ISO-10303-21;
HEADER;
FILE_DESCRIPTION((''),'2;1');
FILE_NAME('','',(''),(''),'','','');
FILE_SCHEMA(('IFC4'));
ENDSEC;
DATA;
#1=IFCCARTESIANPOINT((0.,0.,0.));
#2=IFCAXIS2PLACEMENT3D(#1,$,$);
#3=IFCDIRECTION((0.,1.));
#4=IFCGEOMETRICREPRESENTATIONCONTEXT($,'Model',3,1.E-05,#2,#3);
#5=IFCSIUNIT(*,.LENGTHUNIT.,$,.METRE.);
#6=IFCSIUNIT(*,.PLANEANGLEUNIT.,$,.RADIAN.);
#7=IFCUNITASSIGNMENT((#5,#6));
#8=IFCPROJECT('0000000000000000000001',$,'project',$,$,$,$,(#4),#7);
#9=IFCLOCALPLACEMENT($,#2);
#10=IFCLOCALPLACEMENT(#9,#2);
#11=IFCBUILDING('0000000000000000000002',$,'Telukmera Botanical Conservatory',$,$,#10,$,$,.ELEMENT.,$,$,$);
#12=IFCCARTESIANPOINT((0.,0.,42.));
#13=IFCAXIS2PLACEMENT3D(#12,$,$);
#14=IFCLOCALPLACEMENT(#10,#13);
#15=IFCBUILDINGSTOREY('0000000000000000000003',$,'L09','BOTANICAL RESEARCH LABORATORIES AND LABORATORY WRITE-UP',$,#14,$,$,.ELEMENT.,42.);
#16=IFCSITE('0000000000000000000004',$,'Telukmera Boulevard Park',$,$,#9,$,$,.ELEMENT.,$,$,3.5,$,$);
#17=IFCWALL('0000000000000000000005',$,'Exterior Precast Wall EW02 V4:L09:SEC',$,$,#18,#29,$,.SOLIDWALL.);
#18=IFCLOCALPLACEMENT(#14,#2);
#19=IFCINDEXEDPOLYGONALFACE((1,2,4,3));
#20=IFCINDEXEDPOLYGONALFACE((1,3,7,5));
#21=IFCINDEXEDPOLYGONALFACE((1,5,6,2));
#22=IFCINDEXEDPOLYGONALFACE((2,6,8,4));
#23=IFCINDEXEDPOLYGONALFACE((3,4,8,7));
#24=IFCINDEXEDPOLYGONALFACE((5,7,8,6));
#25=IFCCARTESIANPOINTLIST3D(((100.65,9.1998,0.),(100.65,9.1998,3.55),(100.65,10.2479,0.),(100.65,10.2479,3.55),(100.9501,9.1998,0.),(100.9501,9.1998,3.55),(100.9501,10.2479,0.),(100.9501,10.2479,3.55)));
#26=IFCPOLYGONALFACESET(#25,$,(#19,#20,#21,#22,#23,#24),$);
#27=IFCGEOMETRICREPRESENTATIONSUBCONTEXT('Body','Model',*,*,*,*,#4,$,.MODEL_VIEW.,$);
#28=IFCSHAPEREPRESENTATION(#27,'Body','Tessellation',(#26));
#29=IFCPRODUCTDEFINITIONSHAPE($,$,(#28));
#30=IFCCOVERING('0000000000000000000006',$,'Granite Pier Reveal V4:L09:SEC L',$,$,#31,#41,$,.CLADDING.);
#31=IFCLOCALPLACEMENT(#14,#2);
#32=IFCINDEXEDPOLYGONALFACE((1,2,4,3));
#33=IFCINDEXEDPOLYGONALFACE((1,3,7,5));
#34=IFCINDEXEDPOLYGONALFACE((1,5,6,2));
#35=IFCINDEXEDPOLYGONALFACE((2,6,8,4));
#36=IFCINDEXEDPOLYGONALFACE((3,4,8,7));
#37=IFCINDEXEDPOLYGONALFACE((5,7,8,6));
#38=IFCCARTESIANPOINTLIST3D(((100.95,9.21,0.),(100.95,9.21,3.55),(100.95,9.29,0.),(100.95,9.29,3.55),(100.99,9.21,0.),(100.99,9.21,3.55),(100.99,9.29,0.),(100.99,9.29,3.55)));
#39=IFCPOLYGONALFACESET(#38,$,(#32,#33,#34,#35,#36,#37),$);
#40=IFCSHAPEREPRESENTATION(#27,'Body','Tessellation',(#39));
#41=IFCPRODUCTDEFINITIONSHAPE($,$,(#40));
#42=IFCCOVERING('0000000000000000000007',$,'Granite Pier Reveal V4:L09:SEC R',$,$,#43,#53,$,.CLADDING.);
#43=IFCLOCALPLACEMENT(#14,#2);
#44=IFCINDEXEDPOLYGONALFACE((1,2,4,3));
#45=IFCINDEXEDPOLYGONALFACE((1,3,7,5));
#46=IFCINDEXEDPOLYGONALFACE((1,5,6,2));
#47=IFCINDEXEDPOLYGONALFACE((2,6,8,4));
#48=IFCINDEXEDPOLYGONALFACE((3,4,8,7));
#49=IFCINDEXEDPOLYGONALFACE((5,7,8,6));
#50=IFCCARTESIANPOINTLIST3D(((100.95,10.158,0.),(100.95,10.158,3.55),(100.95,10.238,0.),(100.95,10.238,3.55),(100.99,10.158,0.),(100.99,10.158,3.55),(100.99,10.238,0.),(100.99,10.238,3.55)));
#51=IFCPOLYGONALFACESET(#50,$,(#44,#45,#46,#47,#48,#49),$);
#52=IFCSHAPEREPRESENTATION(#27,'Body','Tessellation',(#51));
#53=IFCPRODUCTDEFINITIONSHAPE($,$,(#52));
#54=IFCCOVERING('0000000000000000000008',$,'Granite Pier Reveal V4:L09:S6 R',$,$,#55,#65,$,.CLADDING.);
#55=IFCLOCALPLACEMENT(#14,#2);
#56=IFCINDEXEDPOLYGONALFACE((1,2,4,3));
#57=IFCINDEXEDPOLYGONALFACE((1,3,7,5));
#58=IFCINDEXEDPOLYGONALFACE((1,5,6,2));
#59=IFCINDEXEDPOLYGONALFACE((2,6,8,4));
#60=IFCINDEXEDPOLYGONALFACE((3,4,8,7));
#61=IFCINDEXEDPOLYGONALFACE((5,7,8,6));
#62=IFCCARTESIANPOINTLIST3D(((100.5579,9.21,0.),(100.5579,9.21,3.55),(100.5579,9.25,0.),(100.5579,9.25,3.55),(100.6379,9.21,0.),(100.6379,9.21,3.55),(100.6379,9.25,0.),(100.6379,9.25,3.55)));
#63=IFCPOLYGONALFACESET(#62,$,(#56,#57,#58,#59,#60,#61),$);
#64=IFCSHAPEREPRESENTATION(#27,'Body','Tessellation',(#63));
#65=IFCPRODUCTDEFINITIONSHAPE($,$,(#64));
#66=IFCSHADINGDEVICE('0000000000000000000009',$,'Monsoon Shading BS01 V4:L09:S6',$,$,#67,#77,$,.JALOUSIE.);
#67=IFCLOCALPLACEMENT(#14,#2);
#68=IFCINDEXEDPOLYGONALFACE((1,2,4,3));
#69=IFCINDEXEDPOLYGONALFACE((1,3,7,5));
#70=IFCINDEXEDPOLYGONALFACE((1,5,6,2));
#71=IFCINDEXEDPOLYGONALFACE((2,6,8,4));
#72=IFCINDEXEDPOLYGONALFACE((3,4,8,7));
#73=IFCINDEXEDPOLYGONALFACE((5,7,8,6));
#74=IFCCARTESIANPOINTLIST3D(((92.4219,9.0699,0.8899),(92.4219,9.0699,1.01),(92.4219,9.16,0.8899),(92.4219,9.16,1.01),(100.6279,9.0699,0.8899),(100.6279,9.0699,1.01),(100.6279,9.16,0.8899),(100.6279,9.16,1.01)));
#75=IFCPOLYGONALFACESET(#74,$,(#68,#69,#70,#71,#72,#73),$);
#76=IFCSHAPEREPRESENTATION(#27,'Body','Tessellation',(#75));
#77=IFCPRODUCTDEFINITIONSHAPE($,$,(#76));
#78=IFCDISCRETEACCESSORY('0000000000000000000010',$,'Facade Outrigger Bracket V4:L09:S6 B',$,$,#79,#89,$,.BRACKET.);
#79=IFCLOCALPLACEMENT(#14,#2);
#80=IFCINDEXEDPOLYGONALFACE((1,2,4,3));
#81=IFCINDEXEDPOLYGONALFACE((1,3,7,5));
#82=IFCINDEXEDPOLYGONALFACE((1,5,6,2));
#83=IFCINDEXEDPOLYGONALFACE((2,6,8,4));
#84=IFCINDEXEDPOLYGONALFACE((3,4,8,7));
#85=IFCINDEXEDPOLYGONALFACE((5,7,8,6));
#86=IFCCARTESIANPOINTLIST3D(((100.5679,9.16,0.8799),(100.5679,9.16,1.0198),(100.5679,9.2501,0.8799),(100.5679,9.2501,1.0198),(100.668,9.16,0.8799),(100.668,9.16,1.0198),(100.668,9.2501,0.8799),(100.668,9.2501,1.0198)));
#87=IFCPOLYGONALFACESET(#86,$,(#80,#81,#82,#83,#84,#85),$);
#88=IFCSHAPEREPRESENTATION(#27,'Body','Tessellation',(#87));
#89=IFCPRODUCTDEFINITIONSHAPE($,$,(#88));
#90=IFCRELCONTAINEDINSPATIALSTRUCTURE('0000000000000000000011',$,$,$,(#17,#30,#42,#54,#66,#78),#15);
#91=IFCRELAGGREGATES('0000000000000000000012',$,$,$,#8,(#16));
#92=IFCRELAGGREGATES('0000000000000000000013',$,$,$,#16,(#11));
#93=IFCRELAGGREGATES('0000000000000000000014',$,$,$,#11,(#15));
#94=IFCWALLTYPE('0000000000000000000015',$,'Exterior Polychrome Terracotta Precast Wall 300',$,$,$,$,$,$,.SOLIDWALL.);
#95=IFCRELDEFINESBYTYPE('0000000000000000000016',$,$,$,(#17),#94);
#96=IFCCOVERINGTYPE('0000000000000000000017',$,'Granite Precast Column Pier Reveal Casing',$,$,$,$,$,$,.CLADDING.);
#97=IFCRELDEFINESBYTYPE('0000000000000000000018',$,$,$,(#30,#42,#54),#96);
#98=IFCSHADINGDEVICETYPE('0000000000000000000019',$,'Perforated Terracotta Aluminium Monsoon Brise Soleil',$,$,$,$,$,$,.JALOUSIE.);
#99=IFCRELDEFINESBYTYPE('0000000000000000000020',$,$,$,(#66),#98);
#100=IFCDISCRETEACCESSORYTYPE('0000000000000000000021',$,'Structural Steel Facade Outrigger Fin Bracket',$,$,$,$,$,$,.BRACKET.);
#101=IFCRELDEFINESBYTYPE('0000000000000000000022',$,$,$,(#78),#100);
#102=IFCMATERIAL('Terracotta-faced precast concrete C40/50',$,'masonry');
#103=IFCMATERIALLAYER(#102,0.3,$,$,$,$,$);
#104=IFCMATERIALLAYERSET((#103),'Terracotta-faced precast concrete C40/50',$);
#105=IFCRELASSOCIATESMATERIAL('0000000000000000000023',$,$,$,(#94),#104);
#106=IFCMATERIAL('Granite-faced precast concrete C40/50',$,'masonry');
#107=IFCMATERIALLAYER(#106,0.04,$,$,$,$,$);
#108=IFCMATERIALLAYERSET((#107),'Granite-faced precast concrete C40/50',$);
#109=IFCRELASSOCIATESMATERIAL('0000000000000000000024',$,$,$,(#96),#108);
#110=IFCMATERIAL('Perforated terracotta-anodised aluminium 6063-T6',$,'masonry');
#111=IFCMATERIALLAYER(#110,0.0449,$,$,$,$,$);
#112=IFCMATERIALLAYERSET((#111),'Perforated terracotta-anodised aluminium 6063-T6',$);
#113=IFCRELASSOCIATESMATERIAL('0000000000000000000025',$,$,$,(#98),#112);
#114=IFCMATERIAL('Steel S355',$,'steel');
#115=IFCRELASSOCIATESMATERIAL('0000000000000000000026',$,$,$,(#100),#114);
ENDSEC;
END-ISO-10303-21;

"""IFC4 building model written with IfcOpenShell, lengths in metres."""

from ifc_helpers import new_model, si_unit, direction, frame, frame_2d, origin, origin_2d, place, context, subcontext, project, spatial, rectangle, extrude, material, layer, layer_set, type_object, element, save


model = new_model("IFC4")

# Units and contexts
model_context = context("Model", 3, precision=1e-05, world=origin(), true_north=direction((0.0, 1.0)))
body_context = subcontext(model_context, "Body", "Model", "MODEL_VIEW")
ifc_project = project(units=[si_unit("LENGTHUNIT", "METRE"), si_unit("PLANEANGLEUNIT", "RADIAN")], contexts=[model_context])

# Site, building, storey
site_placement = place(None, origin())
site = spatial("IfcSite", under=ifc_project, at=site_placement, Name="Telukmera Boulevard Park", CompositionType="ELEMENT", RefElevation=3.5)
building_placement = place(site_placement, origin())
building = spatial("IfcBuilding", under=site, at=building_placement, Name="Telukmera Botanical Conservatory", CompositionType="ELEMENT")
storey_placement = place(building_placement, frame((0.0, 0.0, 42.0)))
storey = spatial("IfcBuildingStorey", under=building, at=storey_placement, Name="L09", Description="BOTANICAL RESEARCH LABORATORIES AND LABORATORY WRITE-UP", CompositionType="ELEMENT", Elevation=42.0)

# Wall
ifc_material_1 = material(Name="Terracotta-faced precast concrete C40/50", Category="masonry")
ifc_layer_1 = layer(ifc_material_1, 0.3)
ifc_layer_set_1 = layer_set([ifc_layer_1], Name="Terracotta-faced precast concrete C40/50")
wall_type = type_object("IfcWallType", Name="Exterior Polychrome Terracotta Precast Wall 300", PredefinedType="SOLIDWALL", material=ifc_layer_set_1)
wall_placement = place(storey_placement, frame((100.8, 9.2, 0.0), z_axis=(0.0, 0.0, 1.0), x_axis=(0.0, 1.0, 0.0)))
element("IfcWall", 1, at=wall_placement, inside=storey, type_object=wall_type, Name="Exterior Precast Wall EW02 V4:L09:SEC", PredefinedType="SOLIDWALL", context=body_context, shape_type="SweptSolid", body=[
    extrude(rectangle(XDim=1.0481, YDim=0.3, at=frame_2d((0.5239, 0.0))), origin(), (0.0, 0.0, 1.0), 3.55),
])

# Coverings
ifc_material_2 = material(Name="Granite-faced precast concrete C40/50", Category="masonry")
ifc_layer_2 = layer(ifc_material_2, 0.04)
ifc_layer_set_2 = layer_set([ifc_layer_2], Name="Granite-faced precast concrete C40/50")
covering_type = type_object("IfcCoveringType", Name="Granite Precast Column Pier Reveal Casing", PredefinedType="CLADDING", material=ifc_layer_set_2)
for number, where, z_axis, x_axis, name in (
    (2, (100.97, 9.25, 0.0), (0.0, 0.0, 1.0), (0.0, 1.0, 0.0), "Granite Pier Reveal V4:L09:SEC L"),
    (3, (100.97, 10.198, 0.0), (0.0, 0.0, 1.0), (0.0, 1.0, 0.0), "Granite Pier Reveal V4:L09:SEC R"),
    (4, (100.5979, 9.23, 0.0), (0.0, 0.0, 1.0), (1.0, 0.0, 0.0), "Granite Pier Reveal V4:L09:S6 R"),
):
    element("IfcCovering", number, at=place(storey_placement, frame(where, z_axis=z_axis, x_axis=x_axis)), inside=storey, type_object=covering_type, Name=name, PredefinedType="CLADDING", context=body_context, shape_type="SweptSolid", body=[
        extrude(rectangle(XDim=0.0801, YDim=0.04, at=origin_2d()), origin(), (0.0, 0.0, 1.0), 3.55),
    ])

# Shading device
ifc_material_3 = material(Name="Perforated terracotta-anodised aluminium 6063-T6", Category="masonry")
ifc_layer_3 = layer(ifc_material_3, 0.0449)
ifc_layer_set_3 = layer_set([ifc_layer_3], Name="Perforated terracotta-anodised aluminium 6063-T6")
shading_device_type = type_object("IfcShadingDeviceType", Name="Perforated Terracotta Aluminium Monsoon Brise Soleil", PredefinedType="JALOUSIE", material=ifc_layer_set_3)
shading_device_placement = place(storey_placement, frame((96.5249, 9.115, 0.8899), z_axis=(0.0, 0.0, 1.0), x_axis=(1.0, 0.0, 0.0)))
element("IfcShadingDevice", 5, at=shading_device_placement, inside=storey, type_object=shading_device_type, Name="Monsoon Shading BS01 V4:L09:S6", PredefinedType="JALOUSIE", context=body_context, shape_type="SweptSolid", body=[
    extrude(rectangle(XDim=8.2061, YDim=0.0901, at=origin_2d()), origin(), (0.0, 0.0, 1.0), 0.1201),
])

# Discrete accessory
ifc_material_4 = material(Name="Steel S355", Category="steel")
discrete_accessory_type = type_object("IfcDiscreteAccessoryType", Name="Structural Steel Facade Outrigger Fin Bracket", PredefinedType="BRACKET", material=ifc_material_4)
discrete_accessory_placement = place(storey_placement, frame((100.6179, 9.2051, 0.8799), z_axis=(0.0, 0.0, 1.0), x_axis=(1.0, 0.0, 0.0)))
element("IfcDiscreteAccessory", 6, at=discrete_accessory_placement, inside=storey, type_object=discrete_accessory_type, Name="Facade Outrigger Bracket V4:L09:S6 B", PredefinedType="BRACKET", context=body_context, shape_type="SweptSolid", body=[
    extrude(rectangle(XDim=0.1001, YDim=0.0901, at=origin_2d()), origin(), (0.0, 0.0, 1.0), 0.1399),
])

save(model, "model.ifc")
